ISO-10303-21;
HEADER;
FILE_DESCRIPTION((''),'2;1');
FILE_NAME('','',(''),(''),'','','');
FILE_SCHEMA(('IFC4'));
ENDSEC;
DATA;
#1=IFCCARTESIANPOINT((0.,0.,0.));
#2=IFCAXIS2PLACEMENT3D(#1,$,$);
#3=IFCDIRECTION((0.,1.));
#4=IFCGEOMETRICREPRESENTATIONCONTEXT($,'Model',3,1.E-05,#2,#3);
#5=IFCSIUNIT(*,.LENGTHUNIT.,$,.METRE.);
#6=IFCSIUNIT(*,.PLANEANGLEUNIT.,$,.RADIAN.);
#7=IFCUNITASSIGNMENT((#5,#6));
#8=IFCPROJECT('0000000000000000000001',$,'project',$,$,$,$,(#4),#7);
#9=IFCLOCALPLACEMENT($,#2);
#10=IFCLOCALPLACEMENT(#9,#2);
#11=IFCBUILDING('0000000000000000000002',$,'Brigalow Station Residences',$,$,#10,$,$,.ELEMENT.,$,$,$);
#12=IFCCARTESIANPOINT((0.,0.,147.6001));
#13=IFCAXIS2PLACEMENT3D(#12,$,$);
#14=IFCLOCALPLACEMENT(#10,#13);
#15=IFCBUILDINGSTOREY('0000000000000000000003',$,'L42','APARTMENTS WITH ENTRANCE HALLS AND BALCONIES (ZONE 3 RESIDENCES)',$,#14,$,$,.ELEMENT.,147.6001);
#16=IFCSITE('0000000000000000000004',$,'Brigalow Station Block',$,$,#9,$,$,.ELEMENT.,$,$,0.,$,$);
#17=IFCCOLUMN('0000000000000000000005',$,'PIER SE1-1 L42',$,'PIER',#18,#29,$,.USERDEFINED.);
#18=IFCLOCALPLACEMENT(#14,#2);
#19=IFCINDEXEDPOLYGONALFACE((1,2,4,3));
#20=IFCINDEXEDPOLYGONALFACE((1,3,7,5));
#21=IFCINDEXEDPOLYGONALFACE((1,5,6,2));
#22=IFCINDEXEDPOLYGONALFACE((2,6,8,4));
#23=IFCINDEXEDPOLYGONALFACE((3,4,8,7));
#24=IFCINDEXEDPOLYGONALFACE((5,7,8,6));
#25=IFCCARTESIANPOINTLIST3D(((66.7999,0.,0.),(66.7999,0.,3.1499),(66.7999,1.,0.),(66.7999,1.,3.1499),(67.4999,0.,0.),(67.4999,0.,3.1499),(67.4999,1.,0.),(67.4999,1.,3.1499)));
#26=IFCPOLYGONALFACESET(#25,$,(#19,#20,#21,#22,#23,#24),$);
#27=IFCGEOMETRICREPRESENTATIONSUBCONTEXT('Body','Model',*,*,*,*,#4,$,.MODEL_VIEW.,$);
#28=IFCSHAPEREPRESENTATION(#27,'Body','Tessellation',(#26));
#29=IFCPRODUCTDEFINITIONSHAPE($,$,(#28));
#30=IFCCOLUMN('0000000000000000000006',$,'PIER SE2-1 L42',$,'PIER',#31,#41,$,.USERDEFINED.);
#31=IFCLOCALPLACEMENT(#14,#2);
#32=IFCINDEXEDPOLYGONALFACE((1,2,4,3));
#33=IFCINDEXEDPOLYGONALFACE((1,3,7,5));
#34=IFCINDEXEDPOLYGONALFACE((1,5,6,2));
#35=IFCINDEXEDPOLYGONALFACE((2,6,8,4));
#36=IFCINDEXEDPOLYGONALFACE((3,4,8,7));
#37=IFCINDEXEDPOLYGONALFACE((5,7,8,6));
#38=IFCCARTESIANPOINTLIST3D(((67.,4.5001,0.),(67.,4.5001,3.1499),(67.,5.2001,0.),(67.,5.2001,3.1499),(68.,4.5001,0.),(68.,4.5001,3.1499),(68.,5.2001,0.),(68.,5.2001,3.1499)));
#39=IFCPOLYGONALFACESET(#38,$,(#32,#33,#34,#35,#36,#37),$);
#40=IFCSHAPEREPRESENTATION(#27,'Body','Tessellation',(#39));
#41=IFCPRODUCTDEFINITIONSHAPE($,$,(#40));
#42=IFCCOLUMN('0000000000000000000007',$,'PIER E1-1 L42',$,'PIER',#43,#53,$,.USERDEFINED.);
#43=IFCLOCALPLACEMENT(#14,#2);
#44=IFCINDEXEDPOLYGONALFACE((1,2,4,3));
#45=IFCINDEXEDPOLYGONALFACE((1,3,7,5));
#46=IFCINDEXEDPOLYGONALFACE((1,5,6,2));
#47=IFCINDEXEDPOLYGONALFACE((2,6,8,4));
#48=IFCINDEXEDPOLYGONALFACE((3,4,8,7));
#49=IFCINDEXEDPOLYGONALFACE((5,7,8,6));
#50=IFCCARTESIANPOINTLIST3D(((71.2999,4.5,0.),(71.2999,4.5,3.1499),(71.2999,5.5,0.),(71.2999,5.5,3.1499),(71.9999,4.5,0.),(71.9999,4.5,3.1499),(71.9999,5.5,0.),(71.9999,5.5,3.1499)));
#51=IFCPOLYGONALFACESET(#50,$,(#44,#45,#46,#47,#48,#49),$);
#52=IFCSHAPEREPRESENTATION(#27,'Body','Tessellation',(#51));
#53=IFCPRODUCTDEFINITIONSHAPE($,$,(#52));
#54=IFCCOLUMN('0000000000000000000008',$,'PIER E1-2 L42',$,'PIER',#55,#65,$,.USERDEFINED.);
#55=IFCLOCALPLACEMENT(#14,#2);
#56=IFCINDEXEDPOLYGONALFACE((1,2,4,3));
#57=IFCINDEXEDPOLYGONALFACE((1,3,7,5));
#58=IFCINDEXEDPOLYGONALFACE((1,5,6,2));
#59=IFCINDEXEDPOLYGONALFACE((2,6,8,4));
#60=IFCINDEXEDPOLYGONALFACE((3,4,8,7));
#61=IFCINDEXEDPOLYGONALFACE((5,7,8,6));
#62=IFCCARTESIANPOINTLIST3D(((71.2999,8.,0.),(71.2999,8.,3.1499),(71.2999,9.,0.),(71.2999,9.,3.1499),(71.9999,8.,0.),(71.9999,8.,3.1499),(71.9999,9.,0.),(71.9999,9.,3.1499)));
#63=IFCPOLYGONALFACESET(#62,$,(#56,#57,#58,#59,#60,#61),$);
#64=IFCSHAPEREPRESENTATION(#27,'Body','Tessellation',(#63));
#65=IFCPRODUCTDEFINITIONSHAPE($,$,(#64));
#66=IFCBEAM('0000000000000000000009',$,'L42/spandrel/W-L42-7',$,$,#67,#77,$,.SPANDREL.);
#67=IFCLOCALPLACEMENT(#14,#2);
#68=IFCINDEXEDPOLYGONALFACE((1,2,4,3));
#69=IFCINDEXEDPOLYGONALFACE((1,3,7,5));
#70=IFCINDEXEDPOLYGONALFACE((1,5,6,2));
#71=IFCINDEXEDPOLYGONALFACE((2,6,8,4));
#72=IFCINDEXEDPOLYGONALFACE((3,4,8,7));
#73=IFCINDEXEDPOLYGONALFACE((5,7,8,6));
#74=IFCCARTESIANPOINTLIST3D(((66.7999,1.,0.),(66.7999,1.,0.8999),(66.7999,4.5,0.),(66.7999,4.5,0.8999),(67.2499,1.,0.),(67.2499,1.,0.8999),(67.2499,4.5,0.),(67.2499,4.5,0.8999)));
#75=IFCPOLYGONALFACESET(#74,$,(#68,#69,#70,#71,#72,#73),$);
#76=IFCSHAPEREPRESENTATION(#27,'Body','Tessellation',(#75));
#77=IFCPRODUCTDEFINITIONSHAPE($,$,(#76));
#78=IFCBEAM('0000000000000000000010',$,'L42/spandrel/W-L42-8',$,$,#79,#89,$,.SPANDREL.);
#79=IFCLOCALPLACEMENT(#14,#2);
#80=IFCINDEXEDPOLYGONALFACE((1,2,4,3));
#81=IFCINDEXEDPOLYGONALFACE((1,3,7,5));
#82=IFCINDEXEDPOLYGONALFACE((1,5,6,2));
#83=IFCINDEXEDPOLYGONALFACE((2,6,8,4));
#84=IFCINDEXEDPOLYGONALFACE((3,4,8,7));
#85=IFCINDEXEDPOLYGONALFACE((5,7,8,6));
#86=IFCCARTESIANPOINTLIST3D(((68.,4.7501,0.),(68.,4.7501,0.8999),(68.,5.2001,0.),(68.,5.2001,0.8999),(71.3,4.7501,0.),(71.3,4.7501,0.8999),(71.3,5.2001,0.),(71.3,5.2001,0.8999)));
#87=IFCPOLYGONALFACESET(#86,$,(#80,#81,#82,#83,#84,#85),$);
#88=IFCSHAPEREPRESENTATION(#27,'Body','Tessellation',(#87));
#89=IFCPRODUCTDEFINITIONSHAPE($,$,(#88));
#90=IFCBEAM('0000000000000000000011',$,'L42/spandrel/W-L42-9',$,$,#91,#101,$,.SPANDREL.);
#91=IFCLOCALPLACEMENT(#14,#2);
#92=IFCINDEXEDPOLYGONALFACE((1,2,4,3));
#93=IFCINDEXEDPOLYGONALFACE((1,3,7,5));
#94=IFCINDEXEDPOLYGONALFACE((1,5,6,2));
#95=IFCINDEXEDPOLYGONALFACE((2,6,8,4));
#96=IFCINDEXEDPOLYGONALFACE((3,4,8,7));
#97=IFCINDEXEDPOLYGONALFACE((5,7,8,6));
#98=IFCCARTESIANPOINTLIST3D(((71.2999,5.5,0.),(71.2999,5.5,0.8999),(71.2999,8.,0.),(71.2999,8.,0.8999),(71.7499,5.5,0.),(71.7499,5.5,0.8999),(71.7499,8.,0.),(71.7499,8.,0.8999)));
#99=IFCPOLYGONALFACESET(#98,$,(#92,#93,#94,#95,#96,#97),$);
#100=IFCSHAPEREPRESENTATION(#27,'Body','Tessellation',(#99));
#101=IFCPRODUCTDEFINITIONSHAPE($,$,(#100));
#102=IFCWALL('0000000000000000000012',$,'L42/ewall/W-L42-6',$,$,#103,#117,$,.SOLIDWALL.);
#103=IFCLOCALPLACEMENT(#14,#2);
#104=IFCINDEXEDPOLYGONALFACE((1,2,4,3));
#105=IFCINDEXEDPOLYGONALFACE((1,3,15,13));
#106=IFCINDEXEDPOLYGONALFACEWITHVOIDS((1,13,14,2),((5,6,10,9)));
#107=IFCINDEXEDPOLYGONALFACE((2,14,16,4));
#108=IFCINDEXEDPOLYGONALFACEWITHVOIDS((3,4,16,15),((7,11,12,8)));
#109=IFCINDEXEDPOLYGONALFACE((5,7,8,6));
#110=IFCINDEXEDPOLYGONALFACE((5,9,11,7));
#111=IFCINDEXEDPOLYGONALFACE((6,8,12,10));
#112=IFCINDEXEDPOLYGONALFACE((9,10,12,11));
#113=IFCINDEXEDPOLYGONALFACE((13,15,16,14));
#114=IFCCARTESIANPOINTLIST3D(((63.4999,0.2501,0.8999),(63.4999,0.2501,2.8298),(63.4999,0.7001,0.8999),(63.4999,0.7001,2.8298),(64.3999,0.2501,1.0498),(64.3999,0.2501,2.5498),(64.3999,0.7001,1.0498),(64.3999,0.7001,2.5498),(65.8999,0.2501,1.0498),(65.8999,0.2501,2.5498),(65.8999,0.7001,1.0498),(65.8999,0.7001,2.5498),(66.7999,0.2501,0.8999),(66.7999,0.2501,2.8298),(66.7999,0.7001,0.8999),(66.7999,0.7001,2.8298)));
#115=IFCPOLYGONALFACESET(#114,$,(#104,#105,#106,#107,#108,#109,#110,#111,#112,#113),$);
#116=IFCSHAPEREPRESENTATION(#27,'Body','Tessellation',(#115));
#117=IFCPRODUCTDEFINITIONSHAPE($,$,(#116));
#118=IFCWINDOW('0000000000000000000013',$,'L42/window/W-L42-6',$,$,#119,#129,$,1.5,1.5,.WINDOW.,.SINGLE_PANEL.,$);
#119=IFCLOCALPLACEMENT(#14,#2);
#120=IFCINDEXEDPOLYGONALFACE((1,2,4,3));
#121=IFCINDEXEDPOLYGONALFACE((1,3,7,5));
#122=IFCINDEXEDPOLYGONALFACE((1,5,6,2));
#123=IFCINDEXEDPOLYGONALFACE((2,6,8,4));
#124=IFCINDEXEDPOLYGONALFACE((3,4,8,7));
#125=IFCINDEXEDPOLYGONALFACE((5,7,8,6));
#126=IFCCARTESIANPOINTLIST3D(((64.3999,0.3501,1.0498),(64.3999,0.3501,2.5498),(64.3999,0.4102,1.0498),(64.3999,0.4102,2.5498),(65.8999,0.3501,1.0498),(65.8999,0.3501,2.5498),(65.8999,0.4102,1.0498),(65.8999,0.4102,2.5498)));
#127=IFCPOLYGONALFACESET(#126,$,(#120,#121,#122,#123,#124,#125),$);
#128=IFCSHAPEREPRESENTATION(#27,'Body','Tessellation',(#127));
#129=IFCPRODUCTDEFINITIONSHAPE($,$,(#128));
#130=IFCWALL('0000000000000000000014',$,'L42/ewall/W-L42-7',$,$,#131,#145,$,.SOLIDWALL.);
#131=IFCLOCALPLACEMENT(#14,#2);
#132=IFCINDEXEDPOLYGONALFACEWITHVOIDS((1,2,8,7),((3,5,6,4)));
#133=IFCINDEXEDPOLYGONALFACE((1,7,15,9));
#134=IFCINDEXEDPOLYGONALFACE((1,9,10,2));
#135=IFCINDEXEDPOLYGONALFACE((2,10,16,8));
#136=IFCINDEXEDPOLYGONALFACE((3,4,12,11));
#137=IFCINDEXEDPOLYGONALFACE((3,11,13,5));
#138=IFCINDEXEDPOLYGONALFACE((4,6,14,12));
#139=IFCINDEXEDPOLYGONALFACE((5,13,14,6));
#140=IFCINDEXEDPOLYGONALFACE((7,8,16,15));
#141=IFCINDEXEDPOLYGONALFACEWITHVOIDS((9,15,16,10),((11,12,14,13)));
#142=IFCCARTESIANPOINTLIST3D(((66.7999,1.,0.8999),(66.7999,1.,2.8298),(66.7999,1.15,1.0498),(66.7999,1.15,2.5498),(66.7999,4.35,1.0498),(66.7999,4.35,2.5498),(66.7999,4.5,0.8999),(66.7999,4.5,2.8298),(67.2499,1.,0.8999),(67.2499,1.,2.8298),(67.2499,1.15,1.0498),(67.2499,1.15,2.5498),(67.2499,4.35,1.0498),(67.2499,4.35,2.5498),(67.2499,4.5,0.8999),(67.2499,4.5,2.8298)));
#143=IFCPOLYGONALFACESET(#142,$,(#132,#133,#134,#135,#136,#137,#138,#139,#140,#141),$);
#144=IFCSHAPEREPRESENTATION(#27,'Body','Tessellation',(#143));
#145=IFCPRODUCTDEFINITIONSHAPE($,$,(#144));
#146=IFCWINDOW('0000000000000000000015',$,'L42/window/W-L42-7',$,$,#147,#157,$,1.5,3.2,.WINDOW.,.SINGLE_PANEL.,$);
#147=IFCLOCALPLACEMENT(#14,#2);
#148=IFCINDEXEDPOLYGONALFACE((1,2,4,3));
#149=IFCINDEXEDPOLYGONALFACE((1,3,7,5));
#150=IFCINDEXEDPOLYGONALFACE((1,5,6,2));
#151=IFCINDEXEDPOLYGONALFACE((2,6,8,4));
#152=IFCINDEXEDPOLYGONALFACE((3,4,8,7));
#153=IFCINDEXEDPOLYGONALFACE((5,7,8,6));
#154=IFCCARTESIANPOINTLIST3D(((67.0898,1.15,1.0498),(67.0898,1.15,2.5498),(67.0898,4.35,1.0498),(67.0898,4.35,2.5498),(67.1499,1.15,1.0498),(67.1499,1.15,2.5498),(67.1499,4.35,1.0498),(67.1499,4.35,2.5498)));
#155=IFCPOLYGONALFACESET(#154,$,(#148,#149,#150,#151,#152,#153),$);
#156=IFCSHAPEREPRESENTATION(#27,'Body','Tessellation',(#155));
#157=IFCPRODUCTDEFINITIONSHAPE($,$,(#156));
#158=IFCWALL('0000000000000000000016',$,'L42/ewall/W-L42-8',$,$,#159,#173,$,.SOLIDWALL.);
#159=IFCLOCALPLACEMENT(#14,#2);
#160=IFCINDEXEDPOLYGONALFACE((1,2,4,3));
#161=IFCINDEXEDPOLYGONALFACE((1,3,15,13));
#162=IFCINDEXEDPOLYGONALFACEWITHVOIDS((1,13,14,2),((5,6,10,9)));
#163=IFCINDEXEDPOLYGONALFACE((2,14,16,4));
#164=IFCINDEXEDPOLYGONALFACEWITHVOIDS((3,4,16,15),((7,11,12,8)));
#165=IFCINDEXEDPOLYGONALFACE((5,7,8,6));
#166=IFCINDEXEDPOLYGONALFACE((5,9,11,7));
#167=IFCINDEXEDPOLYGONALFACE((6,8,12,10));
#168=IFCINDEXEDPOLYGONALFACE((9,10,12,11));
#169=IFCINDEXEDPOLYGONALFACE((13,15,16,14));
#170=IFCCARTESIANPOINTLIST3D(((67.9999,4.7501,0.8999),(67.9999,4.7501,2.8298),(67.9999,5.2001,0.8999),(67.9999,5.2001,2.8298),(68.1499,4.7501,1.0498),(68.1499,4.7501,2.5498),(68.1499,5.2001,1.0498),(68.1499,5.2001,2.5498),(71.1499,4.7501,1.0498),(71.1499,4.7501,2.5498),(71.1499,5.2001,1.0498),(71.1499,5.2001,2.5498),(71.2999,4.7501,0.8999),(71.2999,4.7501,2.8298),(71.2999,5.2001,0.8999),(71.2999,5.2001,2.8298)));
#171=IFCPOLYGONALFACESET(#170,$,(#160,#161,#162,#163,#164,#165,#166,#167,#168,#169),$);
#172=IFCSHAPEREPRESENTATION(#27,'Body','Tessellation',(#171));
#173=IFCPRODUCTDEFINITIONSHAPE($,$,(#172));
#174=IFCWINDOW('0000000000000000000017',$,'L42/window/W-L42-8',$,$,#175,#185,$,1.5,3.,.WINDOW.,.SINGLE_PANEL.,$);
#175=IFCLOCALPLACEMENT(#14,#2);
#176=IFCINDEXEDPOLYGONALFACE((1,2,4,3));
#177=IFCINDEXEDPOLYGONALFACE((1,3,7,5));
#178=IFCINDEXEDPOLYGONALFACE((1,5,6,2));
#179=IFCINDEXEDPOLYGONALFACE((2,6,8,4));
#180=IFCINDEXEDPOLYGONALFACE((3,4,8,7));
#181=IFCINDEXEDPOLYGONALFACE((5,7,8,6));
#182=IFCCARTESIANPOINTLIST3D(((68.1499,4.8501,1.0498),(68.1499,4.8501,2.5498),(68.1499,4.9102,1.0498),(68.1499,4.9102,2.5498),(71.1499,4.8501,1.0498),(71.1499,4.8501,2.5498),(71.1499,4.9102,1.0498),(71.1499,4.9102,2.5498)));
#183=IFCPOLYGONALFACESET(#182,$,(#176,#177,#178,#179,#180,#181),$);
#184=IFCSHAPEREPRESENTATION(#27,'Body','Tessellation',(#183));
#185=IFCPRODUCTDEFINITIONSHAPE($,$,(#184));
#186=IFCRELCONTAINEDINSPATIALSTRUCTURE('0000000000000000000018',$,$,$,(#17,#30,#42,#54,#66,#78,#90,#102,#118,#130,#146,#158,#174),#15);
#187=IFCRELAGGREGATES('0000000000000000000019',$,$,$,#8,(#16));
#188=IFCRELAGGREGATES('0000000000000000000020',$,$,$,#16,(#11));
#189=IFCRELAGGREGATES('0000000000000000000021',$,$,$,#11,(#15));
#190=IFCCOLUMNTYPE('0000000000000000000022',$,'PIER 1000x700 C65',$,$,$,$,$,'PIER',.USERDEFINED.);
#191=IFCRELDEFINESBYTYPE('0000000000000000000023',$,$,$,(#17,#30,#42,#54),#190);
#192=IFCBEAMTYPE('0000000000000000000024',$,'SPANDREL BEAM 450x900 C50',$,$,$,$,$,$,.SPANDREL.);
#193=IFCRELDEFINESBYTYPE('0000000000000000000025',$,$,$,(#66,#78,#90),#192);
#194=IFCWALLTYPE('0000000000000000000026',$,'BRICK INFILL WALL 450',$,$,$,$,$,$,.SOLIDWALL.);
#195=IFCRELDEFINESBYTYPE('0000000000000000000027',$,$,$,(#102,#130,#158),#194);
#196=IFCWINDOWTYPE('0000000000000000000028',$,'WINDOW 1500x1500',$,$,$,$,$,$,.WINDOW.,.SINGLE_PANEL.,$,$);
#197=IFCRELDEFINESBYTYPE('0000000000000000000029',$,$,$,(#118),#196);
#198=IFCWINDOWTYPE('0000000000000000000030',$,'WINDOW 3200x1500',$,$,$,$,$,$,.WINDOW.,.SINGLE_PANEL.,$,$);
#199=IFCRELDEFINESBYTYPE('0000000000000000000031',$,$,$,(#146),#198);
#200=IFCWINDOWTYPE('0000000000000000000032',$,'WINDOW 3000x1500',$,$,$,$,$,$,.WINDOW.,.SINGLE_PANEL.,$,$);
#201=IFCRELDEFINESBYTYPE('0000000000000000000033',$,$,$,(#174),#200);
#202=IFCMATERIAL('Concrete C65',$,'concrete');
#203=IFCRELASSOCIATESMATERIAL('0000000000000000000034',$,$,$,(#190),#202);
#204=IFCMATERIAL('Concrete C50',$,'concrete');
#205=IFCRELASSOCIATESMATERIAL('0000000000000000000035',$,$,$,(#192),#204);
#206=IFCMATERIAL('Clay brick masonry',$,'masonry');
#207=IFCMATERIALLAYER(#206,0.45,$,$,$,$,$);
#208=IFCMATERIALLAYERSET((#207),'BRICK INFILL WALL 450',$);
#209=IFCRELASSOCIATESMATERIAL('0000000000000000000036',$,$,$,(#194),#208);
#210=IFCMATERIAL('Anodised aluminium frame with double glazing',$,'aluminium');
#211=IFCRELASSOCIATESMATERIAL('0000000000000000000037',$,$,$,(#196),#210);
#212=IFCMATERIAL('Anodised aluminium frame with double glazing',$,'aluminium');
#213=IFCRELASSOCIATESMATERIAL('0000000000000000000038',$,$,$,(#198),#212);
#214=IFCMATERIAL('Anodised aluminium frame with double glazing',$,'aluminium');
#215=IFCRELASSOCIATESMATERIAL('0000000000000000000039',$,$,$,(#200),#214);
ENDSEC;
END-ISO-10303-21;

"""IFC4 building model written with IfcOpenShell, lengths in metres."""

from ifc_helpers import new_model, si_unit, direction, frame, frame_2d, origin, origin_2d, place, context, subcontext, project, spatial, rectangle, extrude, material, layer, layer_set, material_profile, profile_set, type_object, element, fill, save


model = new_model("IFC4")

# Units and contexts
model_context = context("Model", 3, precision=1e-05, world=origin(), true_north=direction((0.0, 1.0)))
body_context = subcontext(model_context, "Body", "Model", "MODEL_VIEW")
ifc_project = project(units=[si_unit("LENGTHUNIT", "METRE"), si_unit("PLANEANGLEUNIT", "RADIAN")], contexts=[model_context])

# Site, building, storey
site_placement = place(None, origin())
site = spatial("IfcSite", under=ifc_project, at=site_placement, Name="Brigalow Station Block", CompositionType="ELEMENT", RefElevation=0.0)
building_placement = place(site_placement, origin())
building = spatial("IfcBuilding", under=site, at=building_placement, Name="Brigalow Station Residences", CompositionType="ELEMENT")
storey_placement = place(building_placement, frame((0.0, 0.0, 147.6001)))
storey = spatial("IfcBuildingStorey", under=building, at=storey_placement, Name="L42", Description="APARTMENTS WITH ENTRANCE HALLS AND BALCONIES (ZONE 3 RESIDENCES)", CompositionType="ELEMENT", Elevation=147.6001)

# Columns
ifc_material_1 = material(Name="Concrete C65", Category="concrete")
ifc_material_profile_1 = material_profile(ifc_material_1, rectangle(XDim=1.0, YDim=0.7, at=origin_2d()), Name="RC1000x700")
ifc_profile_set_1 = profile_set([ifc_material_profile_1], Name="Concrete C65")
column_type = type_object("IfcColumnType", Name="PIER 1000x700 C65", ElementType="PIER", PredefinedType="USERDEFINED", material=ifc_profile_set_1)
for number, where, z_axis, x_axis, name in (
    (1, (67.1499, 0.5, 0.0), (0.0, 0.0, 1.0), (0.0, 1.0, 0.0), "PIER SE1-1 L42"),
    (2, (67.5, 4.8501, 0.0), (0.0, 0.0, 1.0), (1.0, 0.0, 0.0), "PIER SE2-1 L42"),
    (3, (71.6499, 5.0, 0.0), (0.0, 0.0, 1.0), (0.0, 1.0, 0.0), "PIER E1-1 L42"),
    (4, (71.6499, 8.5, 0.0), (0.0, 0.0, 1.0), (0.0, 1.0, 0.0), "PIER E1-2 L42"),
):
    element("IfcColumn", number, at=place(storey_placement, frame(where, z_axis=z_axis, x_axis=x_axis)), inside=storey, type_object=column_type, Name=name, ObjectType="PIER", PredefinedType="USERDEFINED", context=body_context, shape_type="SweptSolid", body=[
        extrude(rectangle(XDim=1.0, YDim=0.7, at=origin_2d()), origin(), (0.0, 0.0, 1.0), 3.1499),
    ])

# Beams
ifc_material_2 = material(Name="Concrete C50", Category="concrete")
ifc_material_profile_2 = material_profile(ifc_material_2, rectangle(XDim=0.45, YDim=0.8999, at=origin_2d()), Name="RC450x900")
ifc_profile_set_2 = profile_set([ifc_material_profile_2], Name="Concrete C50")
beam_type = type_object("IfcBeamType", Name="SPANDREL BEAM 450x900 C50", PredefinedType="SPANDREL", material=ifc_profile_set_2)
beam_1_placement = place(storey_placement, frame((67.0249, 1.0, 0.45), z_axis=(0.0, 1.0, 0.0), x_axis=(-1.0, 0.0, 0.0)))
element("IfcBeam", 5, at=beam_1_placement, inside=storey, type_object=beam_type, Name="L42/spandrel/W-L42-7", PredefinedType="SPANDREL", context=body_context, shape_type="SweptSolid", body=[
    extrude(rectangle(XDim=0.45, YDim=0.8999, at=origin_2d()), origin(), (0.0, 0.0, 1.0), 3.5),
])
beam_2_placement = place(storey_placement, frame((68.0, 4.9751, 0.45), z_axis=(1.0, 0.0, 0.0), x_axis=(0.0, 1.0, 0.0)))
element("IfcBeam", 6, at=beam_2_placement, inside=storey, type_object=beam_type, Name="L42/spandrel/W-L42-8", PredefinedType="SPANDREL", context=body_context, shape_type="SweptSolid", body=[
    extrude(rectangle(XDim=0.45, YDim=0.8999, at=origin_2d()), origin(), (0.0, 0.0, 1.0), 3.3),
])
beam_3_placement = place(storey_placement, frame((71.5249, 5.5, 0.45), z_axis=(0.0, 1.0, 0.0), x_axis=(-1.0, 0.0, 0.0)))
element("IfcBeam", 7, at=beam_3_placement, inside=storey, type_object=beam_type, Name="L42/spandrel/W-L42-9", PredefinedType="SPANDREL", context=body_context, shape_type="SweptSolid", body=[
    extrude(rectangle(XDim=0.45, YDim=0.8999, at=origin_2d()), origin(), (0.0, 0.0, 1.0), 2.5),
])

# Walls, openings, windows
ifc_material_3 = material(Name="Clay brick masonry", Category="masonry")
ifc_layer_1 = layer(ifc_material_3, 0.45)
ifc_layer_set_1 = layer_set([ifc_layer_1], Name="BRICK INFILL WALL 450")
wall_type_1 = type_object("IfcWallType", Name="BRICK INFILL WALL 450", PredefinedType="SOLIDWALL", material=ifc_layer_set_1)
wall_1_placement = place(storey_placement, frame((63.5, 0.4751, 0.8999), z_axis=(0.0, 0.0, 1.0), x_axis=(1.0, 0.0, 0.0)))
wall_1 = element("IfcWall", 8, at=wall_1_placement, inside=storey, type_object=wall_type_1, Name="L42/ewall/W-L42-6", PredefinedType="SOLIDWALL", context=body_context, shape_type="SweptSolid", body=[
    extrude(rectangle(XDim=3.3, YDim=0.45, at=frame_2d((1.6499, 0.0))), origin(), (0.0, 0.0, 1.0), 1.9299),
])
opening_1_placement = place(wall_1_placement, frame((0.8999, 0.0, 0.1499)))
opening_1 = element("IfcOpeningElement", 9, at=opening_1_placement, cuts=wall_1, PredefinedType="OPENING", context=body_context, shape_type="SweptSolid", body=[
    extrude(rectangle(XDim=1.5, YDim=1.5, at=frame_2d((0.75, 0.75))), frame((0.0, 0.2349, 0.0), z_axis=(0.0, -1.0, 0.0), x_axis=(1.0, 0.0, 0.0)), (0.0, 0.0, 1.0), 0.47),
])
ifc_material_4 = material(Name="Anodised aluminium frame with double glazing", Category="aluminium")
window_type_1 = type_object("IfcWindowType", Name="WINDOW 1500x1500", PartitioningType="SINGLE_PANEL", PredefinedType="WINDOW", material=ifc_material_4)
window_1_placement = place(opening_1_placement, origin())
window_1 = element("IfcWindow", 10, at=window_1_placement, inside=storey, type_object=window_type_1, Name="L42/window/W-L42-6", OverallHeight=1.5, OverallWidth=1.5, PartitioningType="SINGLE_PANEL", PredefinedType="WINDOW", context=body_context, shape_type="SweptSolid", body=[
    extrude(rectangle(XDim=1.5, YDim=1.5, at=frame_2d((0.75, 0.75))), frame((0.0, -0.0649, 0.0), z_axis=(0.0, -1.0, 0.0), x_axis=(1.0, 0.0, 0.0)), (0.0, 0.0, 1.0), 0.0601),
])
fill(opening_1, window_1)
wall_2_placement = place(storey_placement, frame((67.0249, 1.0, 0.8999), z_axis=(0.0, 0.0, 1.0), x_axis=(0.0, 1.0, 0.0)))
wall_2 = element("IfcWall", 11, at=wall_2_placement, inside=storey, type_object=wall_type_1, Name="L42/ewall/W-L42-7", PredefinedType="SOLIDWALL", context=body_context, shape_type="SweptSolid", body=[
    extrude(rectangle(XDim=3.5, YDim=0.45, at=frame_2d((1.75, 0.0))), origin(), (0.0, 0.0, 1.0), 1.9299),
])
opening_2_placement = place(wall_2_placement, frame((0.1499, 0.0, 0.1499)))
opening_2 = element("IfcOpeningElement", 12, at=opening_2_placement, cuts=wall_2, PredefinedType="OPENING", context=body_context, shape_type="SweptSolid", body=[
    extrude(rectangle(XDim=3.2, YDim=1.5, at=frame_2d((1.6001, 0.75))), frame((0.0, 0.2349, 0.0), z_axis=(0.0, -1.0, 0.0), x_axis=(1.0, 0.0, 0.0)), (0.0, 0.0, 1.0), 0.47),
])
ifc_material_5 = material(Name="Anodised aluminium frame with double glazing", Category="aluminium")
window_type_2 = type_object("IfcWindowType", Name="WINDOW 3200x1500", PartitioningType="SINGLE_PANEL", PredefinedType="WINDOW", material=ifc_material_5)
window_2_placement = place(opening_2_placement, origin())
window_2 = element("IfcWindow", 13, at=window_2_placement, inside=storey, type_object=window_type_2, Name="L42/window/W-L42-7", OverallHeight=1.5, OverallWidth=3.2, PartitioningType="SINGLE_PANEL", PredefinedType="WINDOW", context=body_context, shape_type="SweptSolid", body=[
    extrude(rectangle(XDim=3.2, YDim=1.5, at=frame_2d((1.6001, 0.75))), frame((0.0, -0.0649, 0.0), z_axis=(0.0, -1.0, 0.0), x_axis=(1.0, 0.0, 0.0)), (0.0, 0.0, 1.0), 0.0601),
])
fill(opening_2, window_2)
wall_3_placement = place(storey_placement, frame((68.0, 4.9751, 0.8999), z_axis=(0.0, 0.0, 1.0), x_axis=(1.0, 0.0, 0.0)))
wall_3 = element("IfcWall", 14, at=wall_3_placement, inside=storey, type_object=wall_type_1, Name="L42/ewall/W-L42-8", PredefinedType="SOLIDWALL", context=body_context, shape_type="SweptSolid", body=[
    extrude(rectangle(XDim=3.3, YDim=0.45, at=frame_2d((1.6499, 0.0))), origin(), (0.0, 0.0, 1.0), 1.9299),
])
opening_3_placement = place(wall_3_placement, frame((0.1499, 0.0, 0.1499)))
opening_3 = element("IfcOpeningElement", 15, at=opening_3_placement, cuts=wall_3, PredefinedType="OPENING", context=body_context, shape_type="SweptSolid", body=[
    extrude(rectangle(XDim=3.0, YDim=1.5, at=frame_2d((1.5, 0.75))), frame((0.0, 0.2349, 0.0), z_axis=(0.0, -1.0, 0.0), x_axis=(1.0, 0.0, 0.0)), (0.0, 0.0, 1.0), 0.47),
])
ifc_material_6 = material(Name="Anodised aluminium frame with double glazing", Category="aluminium")
window_type_3 = type_object("IfcWindowType", Name="WINDOW 3000x1500", PartitioningType="SINGLE_PANEL", PredefinedType="WINDOW", material=ifc_material_6)
window_3_placement = place(opening_3_placement, origin())
window_3 = element("IfcWindow", 16, at=window_3_placement, inside=storey, type_object=window_type_3, Name="L42/window/W-L42-8", OverallHeight=1.5, OverallWidth=3.0, PartitioningType="SINGLE_PANEL", PredefinedType="WINDOW", context=body_context, shape_type="SweptSolid", body=[
    extrude(rectangle(XDim=3.0, YDim=1.5, at=frame_2d((1.5, 0.75))), frame((0.0, -0.0649, 0.0), z_axis=(0.0, -1.0, 0.0), x_axis=(1.0, 0.0, 0.0)), (0.0, 0.0, 1.0), 0.0601),
])
fill(opening_3, window_3)

save(model, "model.ifc")
